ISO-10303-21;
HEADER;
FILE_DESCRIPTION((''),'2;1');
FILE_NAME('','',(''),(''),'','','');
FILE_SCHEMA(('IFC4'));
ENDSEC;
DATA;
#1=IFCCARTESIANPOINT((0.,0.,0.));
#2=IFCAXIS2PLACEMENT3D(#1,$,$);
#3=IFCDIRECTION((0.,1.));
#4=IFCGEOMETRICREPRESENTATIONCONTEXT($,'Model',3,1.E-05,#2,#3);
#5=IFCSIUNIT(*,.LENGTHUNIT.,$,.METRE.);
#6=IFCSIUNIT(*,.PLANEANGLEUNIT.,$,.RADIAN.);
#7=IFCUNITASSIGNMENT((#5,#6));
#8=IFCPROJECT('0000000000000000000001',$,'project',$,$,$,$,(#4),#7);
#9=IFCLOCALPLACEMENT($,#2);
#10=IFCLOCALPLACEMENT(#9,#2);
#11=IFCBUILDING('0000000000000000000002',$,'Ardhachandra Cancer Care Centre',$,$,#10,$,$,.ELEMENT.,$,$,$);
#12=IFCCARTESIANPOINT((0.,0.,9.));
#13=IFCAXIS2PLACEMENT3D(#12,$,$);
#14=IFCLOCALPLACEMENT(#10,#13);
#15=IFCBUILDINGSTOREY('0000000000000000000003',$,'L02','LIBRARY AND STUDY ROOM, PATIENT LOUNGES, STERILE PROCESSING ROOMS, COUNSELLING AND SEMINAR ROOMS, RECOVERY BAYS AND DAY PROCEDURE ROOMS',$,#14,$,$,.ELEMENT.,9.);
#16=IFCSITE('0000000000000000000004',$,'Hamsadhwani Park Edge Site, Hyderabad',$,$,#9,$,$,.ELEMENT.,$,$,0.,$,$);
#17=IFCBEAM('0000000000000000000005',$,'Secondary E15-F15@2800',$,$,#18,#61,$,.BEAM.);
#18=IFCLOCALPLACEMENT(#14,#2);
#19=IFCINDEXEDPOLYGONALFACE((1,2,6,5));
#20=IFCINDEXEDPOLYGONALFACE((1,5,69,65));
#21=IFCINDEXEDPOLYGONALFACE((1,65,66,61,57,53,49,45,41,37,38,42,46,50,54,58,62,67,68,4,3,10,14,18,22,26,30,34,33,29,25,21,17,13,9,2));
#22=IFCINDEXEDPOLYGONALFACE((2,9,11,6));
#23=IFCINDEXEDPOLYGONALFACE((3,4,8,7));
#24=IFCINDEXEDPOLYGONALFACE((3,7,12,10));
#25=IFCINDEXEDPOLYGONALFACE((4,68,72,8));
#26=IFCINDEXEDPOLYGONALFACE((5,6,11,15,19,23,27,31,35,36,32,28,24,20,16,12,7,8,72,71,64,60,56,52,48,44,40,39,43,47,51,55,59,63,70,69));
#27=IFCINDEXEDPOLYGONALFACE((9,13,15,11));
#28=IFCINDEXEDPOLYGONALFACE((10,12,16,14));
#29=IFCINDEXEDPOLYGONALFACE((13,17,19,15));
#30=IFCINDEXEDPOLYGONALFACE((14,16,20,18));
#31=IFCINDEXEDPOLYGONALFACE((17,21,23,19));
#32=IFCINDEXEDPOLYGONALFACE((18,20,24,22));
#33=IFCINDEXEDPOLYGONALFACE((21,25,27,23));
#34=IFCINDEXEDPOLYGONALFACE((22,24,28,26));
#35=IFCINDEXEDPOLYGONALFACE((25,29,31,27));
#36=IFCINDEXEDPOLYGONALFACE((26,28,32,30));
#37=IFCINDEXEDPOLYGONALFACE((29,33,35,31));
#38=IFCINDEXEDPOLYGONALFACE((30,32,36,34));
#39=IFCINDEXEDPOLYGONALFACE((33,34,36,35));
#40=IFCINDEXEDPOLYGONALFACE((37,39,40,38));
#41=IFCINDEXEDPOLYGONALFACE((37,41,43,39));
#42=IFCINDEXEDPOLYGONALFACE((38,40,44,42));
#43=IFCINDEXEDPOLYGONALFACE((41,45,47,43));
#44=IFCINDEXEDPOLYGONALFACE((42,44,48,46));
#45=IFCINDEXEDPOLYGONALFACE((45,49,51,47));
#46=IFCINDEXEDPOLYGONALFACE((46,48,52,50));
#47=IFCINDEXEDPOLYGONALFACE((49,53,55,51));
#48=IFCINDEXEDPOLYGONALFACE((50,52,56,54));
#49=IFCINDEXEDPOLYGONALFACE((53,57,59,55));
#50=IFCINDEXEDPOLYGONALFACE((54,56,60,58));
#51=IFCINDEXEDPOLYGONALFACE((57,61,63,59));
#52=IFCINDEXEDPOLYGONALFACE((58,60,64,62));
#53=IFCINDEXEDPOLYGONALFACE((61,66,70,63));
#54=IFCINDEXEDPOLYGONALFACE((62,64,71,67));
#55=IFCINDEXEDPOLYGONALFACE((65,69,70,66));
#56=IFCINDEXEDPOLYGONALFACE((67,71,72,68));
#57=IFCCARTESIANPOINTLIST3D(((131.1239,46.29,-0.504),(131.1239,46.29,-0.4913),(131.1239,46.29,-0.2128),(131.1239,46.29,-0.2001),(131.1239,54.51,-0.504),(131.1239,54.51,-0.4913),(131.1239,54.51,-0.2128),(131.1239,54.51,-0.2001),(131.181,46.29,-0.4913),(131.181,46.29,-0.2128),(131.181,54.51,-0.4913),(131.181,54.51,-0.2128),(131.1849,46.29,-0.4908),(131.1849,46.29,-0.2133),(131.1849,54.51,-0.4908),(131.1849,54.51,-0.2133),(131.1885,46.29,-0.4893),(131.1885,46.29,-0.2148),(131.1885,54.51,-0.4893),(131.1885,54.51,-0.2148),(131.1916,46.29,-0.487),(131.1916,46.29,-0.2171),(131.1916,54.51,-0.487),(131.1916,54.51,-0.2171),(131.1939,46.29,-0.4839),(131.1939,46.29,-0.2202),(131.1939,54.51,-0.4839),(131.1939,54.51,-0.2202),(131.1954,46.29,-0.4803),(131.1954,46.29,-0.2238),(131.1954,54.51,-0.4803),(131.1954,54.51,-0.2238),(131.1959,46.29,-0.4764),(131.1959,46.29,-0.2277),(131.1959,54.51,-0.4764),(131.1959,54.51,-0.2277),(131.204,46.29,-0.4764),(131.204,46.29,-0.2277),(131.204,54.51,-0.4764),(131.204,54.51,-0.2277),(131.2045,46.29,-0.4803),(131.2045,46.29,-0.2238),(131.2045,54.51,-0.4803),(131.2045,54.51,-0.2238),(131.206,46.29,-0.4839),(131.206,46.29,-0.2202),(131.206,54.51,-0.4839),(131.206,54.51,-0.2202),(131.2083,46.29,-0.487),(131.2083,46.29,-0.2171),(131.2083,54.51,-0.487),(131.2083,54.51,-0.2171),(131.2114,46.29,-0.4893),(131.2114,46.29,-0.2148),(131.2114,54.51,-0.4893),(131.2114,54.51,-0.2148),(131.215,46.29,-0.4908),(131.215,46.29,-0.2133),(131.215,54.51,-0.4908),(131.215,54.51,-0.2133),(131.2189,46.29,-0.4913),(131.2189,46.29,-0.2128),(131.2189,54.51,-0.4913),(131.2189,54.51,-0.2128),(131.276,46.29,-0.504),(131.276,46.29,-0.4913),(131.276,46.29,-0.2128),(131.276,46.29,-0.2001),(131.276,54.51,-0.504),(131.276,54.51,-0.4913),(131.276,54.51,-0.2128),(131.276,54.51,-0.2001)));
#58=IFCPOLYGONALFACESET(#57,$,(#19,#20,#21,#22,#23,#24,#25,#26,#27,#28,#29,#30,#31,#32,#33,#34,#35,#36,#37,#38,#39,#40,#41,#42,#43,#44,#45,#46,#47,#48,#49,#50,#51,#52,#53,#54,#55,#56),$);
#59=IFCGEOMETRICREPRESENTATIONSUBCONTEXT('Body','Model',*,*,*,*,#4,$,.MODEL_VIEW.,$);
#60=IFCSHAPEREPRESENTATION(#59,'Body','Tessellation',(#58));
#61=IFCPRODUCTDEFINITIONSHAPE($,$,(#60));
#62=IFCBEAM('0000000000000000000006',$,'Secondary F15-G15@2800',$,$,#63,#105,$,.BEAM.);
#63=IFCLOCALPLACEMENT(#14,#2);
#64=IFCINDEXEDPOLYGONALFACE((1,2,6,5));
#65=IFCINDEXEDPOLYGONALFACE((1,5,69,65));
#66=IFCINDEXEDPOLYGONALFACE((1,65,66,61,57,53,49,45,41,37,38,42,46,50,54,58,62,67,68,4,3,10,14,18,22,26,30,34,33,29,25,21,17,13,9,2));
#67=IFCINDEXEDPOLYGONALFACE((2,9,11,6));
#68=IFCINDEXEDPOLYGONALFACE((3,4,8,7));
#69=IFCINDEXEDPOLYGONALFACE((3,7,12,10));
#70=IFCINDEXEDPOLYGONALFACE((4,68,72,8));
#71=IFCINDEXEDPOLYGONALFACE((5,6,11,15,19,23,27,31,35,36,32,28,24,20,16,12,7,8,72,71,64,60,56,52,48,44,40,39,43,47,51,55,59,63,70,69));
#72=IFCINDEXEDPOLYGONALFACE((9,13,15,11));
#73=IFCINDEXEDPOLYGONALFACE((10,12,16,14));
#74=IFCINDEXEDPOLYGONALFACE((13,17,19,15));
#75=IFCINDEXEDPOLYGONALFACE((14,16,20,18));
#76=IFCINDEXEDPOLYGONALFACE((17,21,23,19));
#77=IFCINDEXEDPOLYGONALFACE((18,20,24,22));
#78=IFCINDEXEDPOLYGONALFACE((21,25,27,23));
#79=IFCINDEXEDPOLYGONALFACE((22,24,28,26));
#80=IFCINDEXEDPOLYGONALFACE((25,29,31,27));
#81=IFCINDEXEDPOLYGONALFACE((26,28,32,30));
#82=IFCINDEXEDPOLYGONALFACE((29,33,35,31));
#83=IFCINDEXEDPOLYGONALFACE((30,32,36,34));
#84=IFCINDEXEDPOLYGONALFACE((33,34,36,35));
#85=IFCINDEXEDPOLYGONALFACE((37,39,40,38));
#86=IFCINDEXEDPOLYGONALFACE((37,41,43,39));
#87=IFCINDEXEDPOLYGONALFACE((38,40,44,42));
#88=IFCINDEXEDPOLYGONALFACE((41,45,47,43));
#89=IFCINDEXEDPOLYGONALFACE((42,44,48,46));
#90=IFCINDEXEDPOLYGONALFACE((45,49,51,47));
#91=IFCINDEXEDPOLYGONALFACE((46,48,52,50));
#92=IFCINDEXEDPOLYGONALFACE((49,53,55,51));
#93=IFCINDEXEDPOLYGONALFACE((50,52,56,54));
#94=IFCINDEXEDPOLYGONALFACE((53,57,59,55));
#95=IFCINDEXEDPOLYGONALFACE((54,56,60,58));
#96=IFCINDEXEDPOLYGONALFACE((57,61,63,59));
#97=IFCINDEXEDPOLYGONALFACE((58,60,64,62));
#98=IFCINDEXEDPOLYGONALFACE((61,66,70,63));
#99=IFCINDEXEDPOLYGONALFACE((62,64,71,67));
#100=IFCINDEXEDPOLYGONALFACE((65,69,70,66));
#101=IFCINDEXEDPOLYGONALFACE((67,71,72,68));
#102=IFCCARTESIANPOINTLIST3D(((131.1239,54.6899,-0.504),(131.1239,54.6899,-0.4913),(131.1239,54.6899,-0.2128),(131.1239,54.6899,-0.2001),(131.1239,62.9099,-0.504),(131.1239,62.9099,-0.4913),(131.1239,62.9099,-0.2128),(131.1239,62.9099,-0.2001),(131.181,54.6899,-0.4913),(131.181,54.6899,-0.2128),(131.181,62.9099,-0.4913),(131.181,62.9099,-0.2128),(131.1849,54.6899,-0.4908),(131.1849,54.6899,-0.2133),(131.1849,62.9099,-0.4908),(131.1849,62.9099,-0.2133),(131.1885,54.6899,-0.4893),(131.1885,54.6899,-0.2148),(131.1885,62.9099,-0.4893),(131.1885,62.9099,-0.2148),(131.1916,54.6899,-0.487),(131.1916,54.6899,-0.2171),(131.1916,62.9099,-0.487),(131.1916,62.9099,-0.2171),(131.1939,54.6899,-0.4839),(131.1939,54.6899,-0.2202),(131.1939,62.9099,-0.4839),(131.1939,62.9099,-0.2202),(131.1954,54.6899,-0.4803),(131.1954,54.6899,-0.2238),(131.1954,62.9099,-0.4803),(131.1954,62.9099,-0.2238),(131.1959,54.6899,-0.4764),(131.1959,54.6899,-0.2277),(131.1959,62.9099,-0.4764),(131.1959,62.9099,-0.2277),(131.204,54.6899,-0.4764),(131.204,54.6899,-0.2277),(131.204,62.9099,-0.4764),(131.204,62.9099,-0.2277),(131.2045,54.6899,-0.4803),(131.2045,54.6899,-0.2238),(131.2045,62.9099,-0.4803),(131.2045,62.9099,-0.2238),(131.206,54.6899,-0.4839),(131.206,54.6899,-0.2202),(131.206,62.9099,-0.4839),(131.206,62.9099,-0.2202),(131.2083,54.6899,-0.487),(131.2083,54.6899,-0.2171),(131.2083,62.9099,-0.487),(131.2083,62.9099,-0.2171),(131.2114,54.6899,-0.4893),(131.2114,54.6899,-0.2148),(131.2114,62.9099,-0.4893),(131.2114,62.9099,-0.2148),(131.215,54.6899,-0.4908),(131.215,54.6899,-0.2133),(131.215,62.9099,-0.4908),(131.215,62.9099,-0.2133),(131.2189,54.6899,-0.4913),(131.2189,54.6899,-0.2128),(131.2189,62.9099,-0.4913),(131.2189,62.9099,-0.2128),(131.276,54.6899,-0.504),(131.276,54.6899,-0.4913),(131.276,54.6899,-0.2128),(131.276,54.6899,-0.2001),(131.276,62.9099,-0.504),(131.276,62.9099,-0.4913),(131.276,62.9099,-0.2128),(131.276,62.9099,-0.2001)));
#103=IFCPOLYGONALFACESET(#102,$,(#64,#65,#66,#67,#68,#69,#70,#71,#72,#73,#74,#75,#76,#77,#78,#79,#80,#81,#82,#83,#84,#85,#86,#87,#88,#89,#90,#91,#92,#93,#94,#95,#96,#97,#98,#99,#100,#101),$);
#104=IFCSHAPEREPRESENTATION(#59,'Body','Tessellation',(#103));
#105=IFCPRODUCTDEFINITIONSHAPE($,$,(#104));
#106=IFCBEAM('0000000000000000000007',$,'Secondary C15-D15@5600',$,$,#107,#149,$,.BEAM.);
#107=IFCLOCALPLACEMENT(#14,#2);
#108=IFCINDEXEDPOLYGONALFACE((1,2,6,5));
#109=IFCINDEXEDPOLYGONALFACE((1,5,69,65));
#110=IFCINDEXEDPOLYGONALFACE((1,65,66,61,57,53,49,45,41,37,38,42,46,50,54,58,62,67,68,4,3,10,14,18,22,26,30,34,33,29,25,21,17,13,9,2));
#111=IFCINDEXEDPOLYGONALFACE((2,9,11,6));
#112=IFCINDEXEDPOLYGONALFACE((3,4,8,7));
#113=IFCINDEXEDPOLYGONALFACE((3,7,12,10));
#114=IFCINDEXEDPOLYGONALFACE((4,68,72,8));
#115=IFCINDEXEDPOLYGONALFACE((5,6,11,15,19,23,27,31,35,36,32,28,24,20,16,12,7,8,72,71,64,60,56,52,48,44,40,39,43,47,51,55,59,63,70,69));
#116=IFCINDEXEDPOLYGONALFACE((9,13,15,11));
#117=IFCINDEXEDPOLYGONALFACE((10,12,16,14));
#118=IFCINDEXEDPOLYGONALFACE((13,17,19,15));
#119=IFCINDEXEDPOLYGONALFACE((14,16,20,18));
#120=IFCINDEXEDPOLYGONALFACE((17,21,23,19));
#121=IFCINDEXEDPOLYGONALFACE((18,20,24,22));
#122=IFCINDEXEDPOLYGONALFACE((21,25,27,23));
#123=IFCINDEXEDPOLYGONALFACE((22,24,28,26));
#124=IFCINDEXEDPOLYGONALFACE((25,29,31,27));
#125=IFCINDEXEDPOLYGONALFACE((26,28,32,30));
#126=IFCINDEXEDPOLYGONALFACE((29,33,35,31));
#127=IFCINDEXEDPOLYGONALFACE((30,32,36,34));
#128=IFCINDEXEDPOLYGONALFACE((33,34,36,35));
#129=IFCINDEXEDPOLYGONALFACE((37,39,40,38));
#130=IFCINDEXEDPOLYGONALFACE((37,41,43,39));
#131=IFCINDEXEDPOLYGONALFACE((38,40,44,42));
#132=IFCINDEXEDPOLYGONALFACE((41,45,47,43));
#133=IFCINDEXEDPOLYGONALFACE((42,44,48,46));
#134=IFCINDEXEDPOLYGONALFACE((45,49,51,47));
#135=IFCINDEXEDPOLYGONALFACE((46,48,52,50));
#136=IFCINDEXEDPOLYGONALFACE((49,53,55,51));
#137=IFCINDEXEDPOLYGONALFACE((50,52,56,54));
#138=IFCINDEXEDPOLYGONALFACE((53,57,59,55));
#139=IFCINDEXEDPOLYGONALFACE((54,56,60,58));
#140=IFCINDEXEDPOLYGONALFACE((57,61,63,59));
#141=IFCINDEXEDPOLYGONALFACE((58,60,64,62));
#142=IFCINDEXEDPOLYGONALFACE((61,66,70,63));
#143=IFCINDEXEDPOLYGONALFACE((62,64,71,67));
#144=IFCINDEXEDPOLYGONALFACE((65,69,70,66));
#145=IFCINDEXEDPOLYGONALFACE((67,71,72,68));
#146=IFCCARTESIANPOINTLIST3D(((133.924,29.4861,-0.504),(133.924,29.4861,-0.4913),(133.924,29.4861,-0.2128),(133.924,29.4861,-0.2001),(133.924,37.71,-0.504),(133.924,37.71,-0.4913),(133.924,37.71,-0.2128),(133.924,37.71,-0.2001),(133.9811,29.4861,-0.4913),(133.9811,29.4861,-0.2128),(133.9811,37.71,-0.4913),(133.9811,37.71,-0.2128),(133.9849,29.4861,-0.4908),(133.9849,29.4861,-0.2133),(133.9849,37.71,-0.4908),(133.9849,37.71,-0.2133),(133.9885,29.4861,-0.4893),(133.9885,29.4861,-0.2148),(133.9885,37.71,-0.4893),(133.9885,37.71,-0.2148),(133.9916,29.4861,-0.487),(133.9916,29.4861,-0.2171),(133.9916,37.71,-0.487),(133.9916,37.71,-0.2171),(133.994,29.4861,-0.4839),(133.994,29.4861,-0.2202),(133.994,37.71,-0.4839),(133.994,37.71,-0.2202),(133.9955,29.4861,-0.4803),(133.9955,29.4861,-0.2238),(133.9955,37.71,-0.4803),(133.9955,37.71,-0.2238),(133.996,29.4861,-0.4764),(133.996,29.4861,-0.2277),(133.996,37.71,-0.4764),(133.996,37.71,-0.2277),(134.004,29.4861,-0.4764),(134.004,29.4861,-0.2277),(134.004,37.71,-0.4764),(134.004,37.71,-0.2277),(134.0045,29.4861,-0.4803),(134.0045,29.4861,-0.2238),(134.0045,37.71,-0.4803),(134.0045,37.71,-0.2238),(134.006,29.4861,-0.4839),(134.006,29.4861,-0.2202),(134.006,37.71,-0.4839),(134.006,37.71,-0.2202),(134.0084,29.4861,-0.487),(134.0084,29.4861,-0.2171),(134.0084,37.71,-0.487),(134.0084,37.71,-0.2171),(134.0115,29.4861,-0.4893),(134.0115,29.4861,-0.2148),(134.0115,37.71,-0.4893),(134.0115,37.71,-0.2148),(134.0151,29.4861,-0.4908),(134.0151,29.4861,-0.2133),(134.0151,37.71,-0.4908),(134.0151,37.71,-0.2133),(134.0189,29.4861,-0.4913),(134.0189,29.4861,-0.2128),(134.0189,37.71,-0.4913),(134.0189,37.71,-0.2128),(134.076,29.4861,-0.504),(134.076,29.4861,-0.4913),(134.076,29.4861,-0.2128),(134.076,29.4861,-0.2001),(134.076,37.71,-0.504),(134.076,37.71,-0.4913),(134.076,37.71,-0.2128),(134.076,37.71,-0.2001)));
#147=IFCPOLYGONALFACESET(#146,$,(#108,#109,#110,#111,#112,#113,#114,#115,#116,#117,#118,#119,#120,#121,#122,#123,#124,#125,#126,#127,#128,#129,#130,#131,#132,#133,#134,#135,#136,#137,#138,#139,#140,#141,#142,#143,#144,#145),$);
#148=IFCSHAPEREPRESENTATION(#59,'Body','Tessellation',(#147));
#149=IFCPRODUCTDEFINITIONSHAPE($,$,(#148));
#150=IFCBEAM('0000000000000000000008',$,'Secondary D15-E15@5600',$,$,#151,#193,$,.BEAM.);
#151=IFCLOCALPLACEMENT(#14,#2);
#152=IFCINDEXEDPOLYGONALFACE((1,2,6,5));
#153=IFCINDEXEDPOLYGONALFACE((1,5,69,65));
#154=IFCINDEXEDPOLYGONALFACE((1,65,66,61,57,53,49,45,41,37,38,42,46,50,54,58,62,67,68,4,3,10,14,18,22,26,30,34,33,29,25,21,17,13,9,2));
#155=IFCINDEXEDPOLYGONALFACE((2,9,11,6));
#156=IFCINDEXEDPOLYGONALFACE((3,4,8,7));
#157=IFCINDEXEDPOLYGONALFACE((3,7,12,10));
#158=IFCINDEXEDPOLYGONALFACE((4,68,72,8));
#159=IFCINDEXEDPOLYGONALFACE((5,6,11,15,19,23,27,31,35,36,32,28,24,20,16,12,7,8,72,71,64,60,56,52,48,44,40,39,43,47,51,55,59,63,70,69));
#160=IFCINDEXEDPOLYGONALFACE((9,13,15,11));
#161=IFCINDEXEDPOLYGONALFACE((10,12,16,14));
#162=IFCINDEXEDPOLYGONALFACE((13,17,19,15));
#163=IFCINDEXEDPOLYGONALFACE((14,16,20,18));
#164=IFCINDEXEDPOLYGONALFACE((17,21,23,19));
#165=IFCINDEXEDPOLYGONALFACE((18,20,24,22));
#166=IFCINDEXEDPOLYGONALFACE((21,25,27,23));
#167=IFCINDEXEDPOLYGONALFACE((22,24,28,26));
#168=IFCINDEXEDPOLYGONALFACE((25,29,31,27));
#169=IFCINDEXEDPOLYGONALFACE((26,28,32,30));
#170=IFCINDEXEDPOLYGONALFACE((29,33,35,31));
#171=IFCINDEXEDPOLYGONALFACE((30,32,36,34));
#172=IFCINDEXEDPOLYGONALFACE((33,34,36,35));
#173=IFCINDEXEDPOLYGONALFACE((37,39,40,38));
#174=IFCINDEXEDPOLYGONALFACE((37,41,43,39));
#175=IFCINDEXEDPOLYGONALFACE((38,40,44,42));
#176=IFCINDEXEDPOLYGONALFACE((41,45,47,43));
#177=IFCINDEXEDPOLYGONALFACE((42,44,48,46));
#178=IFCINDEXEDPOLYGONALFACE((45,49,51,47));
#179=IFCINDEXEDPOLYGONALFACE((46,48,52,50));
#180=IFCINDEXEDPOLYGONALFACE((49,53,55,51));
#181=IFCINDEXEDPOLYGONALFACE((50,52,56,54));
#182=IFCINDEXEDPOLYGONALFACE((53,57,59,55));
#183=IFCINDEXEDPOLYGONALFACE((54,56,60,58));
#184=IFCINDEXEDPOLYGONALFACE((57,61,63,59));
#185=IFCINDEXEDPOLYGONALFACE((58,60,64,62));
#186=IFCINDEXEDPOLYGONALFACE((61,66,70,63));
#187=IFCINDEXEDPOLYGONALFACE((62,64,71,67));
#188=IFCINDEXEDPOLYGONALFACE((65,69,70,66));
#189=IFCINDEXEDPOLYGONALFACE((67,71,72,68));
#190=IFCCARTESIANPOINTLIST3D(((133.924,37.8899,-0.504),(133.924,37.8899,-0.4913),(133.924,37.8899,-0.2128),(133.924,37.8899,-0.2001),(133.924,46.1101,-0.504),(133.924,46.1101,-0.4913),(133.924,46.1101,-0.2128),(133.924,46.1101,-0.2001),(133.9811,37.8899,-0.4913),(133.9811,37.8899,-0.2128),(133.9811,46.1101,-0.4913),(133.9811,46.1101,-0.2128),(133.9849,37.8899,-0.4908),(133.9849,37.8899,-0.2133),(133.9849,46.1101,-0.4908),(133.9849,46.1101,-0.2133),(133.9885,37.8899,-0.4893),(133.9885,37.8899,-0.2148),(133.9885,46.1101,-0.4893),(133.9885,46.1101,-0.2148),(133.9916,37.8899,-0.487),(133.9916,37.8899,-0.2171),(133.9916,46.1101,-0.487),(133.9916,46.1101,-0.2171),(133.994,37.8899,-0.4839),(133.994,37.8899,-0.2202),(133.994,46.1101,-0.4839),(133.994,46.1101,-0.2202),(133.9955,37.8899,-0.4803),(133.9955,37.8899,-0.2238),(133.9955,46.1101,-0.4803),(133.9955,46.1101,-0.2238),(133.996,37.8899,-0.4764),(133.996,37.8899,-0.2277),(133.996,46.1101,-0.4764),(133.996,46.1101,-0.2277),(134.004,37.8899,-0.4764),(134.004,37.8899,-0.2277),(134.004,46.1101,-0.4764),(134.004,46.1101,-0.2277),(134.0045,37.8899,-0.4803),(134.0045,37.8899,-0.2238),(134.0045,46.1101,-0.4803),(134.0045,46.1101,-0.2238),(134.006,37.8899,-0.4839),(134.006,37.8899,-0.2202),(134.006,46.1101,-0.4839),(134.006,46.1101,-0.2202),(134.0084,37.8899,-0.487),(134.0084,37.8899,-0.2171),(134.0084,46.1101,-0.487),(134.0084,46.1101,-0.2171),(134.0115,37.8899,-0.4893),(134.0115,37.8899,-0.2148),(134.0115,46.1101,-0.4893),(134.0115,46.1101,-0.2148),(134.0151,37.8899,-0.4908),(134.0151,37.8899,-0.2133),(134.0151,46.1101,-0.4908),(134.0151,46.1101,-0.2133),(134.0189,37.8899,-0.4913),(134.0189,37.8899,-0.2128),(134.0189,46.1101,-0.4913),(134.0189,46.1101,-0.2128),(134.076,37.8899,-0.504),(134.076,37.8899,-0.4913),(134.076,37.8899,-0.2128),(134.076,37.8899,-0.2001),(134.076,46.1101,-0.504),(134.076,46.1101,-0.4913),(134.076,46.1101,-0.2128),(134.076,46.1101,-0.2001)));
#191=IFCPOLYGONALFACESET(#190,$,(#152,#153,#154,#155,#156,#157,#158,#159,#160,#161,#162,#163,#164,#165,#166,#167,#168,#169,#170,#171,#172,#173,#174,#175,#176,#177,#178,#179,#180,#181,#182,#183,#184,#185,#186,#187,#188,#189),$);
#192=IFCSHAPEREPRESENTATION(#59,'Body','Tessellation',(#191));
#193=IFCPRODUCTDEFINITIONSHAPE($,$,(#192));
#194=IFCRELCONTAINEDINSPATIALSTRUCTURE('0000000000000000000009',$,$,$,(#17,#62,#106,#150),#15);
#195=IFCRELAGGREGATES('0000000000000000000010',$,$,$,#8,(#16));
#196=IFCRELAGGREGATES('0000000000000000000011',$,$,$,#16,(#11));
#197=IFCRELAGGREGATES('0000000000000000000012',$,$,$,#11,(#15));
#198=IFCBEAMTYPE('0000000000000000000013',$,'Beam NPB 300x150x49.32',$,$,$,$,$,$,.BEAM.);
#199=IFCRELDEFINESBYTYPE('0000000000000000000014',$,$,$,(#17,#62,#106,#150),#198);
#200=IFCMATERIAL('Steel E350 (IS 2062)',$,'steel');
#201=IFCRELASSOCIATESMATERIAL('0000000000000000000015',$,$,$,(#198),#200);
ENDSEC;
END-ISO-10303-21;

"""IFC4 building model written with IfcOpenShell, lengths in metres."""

from ifc_helpers import new_model, si_unit, direction, frame, origin, origin_2d, place, context, subcontext, project, spatial, i_section, extrude, material, material_profile, profile_set, type_object, element, save


model = new_model("IFC4")

# Units and contexts
model_context = context("Model", 3, precision=1e-05, world=origin(), true_north=direction((0.0, 1.0)))
body_context = subcontext(model_context, "Body", "Model", "MODEL_VIEW")
ifc_project = project(units=[si_unit("LENGTHUNIT", "METRE"), si_unit("PLANEANGLEUNIT", "RADIAN")], contexts=[model_context])

# Site, building, storey
site_placement = place(None, origin())
site = spatial("IfcSite", under=ifc_project, at=site_placement, Name="Hamsadhwani Park Edge Site, Hyderabad", CompositionType="ELEMENT", RefElevation=0.0)
building_placement = place(site_placement, origin())
building = spatial("IfcBuilding", under=site, at=building_placement, Name="Ardhachandra Cancer Care Centre", CompositionType="ELEMENT")
storey_placement = place(building_placement, frame((0.0, 0.0, 9.0)))
storey = spatial("IfcBuildingStorey", under=building, at=storey_placement, Name="L02", Description="LIBRARY AND STUDY ROOM, PATIENT LOUNGES, STERILE PROCESSING ROOMS, COUNSELLING AND SEMINAR ROOMS, RECOVERY BAYS AND DAY PROCEDURE ROOMS", CompositionType="ELEMENT", Elevation=9.0)

# Beams
ifc_material_1 = material(Name="Steel E350 (IS 2062)", Category="steel")
ifc_material_profile_1 = material_profile(ifc_material_1, i_section(OverallWidth=0.1521, OverallDepth=0.304, WebThickness=0.0081, FlangeThickness=0.0127, FilletRadius=0.0149, at=origin_2d()), Name="NPB 300x150x49.32")
ifc_profile_set_1 = profile_set([ifc_material_profile_1], Name="Steel E350 (IS 2062)")
beam_type_1 = type_object("IfcBeamType", Name="Beam NPB 300x150x49.32", PredefinedType="BEAM", material=ifc_profile_set_1)
for number, where, z_axis, x_axis, name in (
    (1, (131.2, 46.29, -0.3521), (0.0, 1.0, 0.0), (-1.0, 0.0, 0.0), "Secondary E15-F15@2800"),
    (2, (131.2, 54.6899, -0.3521), (0.0, 1.0, 0.0), (-1.0, 0.0, 0.0), "Secondary F15-G15@2800"),
):
    element("IfcBeam", number, at=place(storey_placement, frame(where, z_axis=z_axis, x_axis=x_axis)), inside=storey, type_object=beam_type_1, Name=name, PredefinedType="BEAM", context=body_context, shape_type="SweptSolid", body=[
        extrude(i_section(OverallWidth=0.1521, OverallDepth=0.304, WebThickness=0.0081, FlangeThickness=0.0127, FilletRadius=0.0149, at=origin_2d()), origin(), (0.0, 0.0, 1.0), 8.22),
    ])
beam_1_placement = place(storey_placement, frame((134.0, 29.4861, -0.3521), z_axis=(0.0, 1.0, 0.0), x_axis=(-1.0, 0.0, 0.0)))
element("IfcBeam", 3, at=beam_1_placement, inside=storey, type_object=beam_type_1, Name="Secondary C15-D15@5600", PredefinedType="BEAM", context=body_context, shape_type="SweptSolid", body=[
    extrude(i_section(OverallWidth=0.1521, OverallDepth=0.304, WebThickness=0.0081, FlangeThickness=0.0127, FilletRadius=0.0149, at=origin_2d()), origin(), (0.0, 0.0, 1.0), 8.2239),
])
beam_2_placement = place(storey_placement, frame((134.0, 37.8899, -0.3521), z_axis=(0.0, 1.0, 0.0), x_axis=(-1.0, 0.0, 0.0)))
element("IfcBeam", 4, at=beam_2_placement, inside=storey, type_object=beam_type_1, Name="Secondary D15-E15@5600", PredefinedType="BEAM", context=body_context, shape_type="SweptSolid", body=[
    extrude(i_section(OverallWidth=0.1521, OverallDepth=0.304, WebThickness=0.0081, FlangeThickness=0.0127, FilletRadius=0.0149, at=origin_2d()), origin(), (0.0, 0.0, 1.0), 8.2202),
])

save(model, "model.ifc")
